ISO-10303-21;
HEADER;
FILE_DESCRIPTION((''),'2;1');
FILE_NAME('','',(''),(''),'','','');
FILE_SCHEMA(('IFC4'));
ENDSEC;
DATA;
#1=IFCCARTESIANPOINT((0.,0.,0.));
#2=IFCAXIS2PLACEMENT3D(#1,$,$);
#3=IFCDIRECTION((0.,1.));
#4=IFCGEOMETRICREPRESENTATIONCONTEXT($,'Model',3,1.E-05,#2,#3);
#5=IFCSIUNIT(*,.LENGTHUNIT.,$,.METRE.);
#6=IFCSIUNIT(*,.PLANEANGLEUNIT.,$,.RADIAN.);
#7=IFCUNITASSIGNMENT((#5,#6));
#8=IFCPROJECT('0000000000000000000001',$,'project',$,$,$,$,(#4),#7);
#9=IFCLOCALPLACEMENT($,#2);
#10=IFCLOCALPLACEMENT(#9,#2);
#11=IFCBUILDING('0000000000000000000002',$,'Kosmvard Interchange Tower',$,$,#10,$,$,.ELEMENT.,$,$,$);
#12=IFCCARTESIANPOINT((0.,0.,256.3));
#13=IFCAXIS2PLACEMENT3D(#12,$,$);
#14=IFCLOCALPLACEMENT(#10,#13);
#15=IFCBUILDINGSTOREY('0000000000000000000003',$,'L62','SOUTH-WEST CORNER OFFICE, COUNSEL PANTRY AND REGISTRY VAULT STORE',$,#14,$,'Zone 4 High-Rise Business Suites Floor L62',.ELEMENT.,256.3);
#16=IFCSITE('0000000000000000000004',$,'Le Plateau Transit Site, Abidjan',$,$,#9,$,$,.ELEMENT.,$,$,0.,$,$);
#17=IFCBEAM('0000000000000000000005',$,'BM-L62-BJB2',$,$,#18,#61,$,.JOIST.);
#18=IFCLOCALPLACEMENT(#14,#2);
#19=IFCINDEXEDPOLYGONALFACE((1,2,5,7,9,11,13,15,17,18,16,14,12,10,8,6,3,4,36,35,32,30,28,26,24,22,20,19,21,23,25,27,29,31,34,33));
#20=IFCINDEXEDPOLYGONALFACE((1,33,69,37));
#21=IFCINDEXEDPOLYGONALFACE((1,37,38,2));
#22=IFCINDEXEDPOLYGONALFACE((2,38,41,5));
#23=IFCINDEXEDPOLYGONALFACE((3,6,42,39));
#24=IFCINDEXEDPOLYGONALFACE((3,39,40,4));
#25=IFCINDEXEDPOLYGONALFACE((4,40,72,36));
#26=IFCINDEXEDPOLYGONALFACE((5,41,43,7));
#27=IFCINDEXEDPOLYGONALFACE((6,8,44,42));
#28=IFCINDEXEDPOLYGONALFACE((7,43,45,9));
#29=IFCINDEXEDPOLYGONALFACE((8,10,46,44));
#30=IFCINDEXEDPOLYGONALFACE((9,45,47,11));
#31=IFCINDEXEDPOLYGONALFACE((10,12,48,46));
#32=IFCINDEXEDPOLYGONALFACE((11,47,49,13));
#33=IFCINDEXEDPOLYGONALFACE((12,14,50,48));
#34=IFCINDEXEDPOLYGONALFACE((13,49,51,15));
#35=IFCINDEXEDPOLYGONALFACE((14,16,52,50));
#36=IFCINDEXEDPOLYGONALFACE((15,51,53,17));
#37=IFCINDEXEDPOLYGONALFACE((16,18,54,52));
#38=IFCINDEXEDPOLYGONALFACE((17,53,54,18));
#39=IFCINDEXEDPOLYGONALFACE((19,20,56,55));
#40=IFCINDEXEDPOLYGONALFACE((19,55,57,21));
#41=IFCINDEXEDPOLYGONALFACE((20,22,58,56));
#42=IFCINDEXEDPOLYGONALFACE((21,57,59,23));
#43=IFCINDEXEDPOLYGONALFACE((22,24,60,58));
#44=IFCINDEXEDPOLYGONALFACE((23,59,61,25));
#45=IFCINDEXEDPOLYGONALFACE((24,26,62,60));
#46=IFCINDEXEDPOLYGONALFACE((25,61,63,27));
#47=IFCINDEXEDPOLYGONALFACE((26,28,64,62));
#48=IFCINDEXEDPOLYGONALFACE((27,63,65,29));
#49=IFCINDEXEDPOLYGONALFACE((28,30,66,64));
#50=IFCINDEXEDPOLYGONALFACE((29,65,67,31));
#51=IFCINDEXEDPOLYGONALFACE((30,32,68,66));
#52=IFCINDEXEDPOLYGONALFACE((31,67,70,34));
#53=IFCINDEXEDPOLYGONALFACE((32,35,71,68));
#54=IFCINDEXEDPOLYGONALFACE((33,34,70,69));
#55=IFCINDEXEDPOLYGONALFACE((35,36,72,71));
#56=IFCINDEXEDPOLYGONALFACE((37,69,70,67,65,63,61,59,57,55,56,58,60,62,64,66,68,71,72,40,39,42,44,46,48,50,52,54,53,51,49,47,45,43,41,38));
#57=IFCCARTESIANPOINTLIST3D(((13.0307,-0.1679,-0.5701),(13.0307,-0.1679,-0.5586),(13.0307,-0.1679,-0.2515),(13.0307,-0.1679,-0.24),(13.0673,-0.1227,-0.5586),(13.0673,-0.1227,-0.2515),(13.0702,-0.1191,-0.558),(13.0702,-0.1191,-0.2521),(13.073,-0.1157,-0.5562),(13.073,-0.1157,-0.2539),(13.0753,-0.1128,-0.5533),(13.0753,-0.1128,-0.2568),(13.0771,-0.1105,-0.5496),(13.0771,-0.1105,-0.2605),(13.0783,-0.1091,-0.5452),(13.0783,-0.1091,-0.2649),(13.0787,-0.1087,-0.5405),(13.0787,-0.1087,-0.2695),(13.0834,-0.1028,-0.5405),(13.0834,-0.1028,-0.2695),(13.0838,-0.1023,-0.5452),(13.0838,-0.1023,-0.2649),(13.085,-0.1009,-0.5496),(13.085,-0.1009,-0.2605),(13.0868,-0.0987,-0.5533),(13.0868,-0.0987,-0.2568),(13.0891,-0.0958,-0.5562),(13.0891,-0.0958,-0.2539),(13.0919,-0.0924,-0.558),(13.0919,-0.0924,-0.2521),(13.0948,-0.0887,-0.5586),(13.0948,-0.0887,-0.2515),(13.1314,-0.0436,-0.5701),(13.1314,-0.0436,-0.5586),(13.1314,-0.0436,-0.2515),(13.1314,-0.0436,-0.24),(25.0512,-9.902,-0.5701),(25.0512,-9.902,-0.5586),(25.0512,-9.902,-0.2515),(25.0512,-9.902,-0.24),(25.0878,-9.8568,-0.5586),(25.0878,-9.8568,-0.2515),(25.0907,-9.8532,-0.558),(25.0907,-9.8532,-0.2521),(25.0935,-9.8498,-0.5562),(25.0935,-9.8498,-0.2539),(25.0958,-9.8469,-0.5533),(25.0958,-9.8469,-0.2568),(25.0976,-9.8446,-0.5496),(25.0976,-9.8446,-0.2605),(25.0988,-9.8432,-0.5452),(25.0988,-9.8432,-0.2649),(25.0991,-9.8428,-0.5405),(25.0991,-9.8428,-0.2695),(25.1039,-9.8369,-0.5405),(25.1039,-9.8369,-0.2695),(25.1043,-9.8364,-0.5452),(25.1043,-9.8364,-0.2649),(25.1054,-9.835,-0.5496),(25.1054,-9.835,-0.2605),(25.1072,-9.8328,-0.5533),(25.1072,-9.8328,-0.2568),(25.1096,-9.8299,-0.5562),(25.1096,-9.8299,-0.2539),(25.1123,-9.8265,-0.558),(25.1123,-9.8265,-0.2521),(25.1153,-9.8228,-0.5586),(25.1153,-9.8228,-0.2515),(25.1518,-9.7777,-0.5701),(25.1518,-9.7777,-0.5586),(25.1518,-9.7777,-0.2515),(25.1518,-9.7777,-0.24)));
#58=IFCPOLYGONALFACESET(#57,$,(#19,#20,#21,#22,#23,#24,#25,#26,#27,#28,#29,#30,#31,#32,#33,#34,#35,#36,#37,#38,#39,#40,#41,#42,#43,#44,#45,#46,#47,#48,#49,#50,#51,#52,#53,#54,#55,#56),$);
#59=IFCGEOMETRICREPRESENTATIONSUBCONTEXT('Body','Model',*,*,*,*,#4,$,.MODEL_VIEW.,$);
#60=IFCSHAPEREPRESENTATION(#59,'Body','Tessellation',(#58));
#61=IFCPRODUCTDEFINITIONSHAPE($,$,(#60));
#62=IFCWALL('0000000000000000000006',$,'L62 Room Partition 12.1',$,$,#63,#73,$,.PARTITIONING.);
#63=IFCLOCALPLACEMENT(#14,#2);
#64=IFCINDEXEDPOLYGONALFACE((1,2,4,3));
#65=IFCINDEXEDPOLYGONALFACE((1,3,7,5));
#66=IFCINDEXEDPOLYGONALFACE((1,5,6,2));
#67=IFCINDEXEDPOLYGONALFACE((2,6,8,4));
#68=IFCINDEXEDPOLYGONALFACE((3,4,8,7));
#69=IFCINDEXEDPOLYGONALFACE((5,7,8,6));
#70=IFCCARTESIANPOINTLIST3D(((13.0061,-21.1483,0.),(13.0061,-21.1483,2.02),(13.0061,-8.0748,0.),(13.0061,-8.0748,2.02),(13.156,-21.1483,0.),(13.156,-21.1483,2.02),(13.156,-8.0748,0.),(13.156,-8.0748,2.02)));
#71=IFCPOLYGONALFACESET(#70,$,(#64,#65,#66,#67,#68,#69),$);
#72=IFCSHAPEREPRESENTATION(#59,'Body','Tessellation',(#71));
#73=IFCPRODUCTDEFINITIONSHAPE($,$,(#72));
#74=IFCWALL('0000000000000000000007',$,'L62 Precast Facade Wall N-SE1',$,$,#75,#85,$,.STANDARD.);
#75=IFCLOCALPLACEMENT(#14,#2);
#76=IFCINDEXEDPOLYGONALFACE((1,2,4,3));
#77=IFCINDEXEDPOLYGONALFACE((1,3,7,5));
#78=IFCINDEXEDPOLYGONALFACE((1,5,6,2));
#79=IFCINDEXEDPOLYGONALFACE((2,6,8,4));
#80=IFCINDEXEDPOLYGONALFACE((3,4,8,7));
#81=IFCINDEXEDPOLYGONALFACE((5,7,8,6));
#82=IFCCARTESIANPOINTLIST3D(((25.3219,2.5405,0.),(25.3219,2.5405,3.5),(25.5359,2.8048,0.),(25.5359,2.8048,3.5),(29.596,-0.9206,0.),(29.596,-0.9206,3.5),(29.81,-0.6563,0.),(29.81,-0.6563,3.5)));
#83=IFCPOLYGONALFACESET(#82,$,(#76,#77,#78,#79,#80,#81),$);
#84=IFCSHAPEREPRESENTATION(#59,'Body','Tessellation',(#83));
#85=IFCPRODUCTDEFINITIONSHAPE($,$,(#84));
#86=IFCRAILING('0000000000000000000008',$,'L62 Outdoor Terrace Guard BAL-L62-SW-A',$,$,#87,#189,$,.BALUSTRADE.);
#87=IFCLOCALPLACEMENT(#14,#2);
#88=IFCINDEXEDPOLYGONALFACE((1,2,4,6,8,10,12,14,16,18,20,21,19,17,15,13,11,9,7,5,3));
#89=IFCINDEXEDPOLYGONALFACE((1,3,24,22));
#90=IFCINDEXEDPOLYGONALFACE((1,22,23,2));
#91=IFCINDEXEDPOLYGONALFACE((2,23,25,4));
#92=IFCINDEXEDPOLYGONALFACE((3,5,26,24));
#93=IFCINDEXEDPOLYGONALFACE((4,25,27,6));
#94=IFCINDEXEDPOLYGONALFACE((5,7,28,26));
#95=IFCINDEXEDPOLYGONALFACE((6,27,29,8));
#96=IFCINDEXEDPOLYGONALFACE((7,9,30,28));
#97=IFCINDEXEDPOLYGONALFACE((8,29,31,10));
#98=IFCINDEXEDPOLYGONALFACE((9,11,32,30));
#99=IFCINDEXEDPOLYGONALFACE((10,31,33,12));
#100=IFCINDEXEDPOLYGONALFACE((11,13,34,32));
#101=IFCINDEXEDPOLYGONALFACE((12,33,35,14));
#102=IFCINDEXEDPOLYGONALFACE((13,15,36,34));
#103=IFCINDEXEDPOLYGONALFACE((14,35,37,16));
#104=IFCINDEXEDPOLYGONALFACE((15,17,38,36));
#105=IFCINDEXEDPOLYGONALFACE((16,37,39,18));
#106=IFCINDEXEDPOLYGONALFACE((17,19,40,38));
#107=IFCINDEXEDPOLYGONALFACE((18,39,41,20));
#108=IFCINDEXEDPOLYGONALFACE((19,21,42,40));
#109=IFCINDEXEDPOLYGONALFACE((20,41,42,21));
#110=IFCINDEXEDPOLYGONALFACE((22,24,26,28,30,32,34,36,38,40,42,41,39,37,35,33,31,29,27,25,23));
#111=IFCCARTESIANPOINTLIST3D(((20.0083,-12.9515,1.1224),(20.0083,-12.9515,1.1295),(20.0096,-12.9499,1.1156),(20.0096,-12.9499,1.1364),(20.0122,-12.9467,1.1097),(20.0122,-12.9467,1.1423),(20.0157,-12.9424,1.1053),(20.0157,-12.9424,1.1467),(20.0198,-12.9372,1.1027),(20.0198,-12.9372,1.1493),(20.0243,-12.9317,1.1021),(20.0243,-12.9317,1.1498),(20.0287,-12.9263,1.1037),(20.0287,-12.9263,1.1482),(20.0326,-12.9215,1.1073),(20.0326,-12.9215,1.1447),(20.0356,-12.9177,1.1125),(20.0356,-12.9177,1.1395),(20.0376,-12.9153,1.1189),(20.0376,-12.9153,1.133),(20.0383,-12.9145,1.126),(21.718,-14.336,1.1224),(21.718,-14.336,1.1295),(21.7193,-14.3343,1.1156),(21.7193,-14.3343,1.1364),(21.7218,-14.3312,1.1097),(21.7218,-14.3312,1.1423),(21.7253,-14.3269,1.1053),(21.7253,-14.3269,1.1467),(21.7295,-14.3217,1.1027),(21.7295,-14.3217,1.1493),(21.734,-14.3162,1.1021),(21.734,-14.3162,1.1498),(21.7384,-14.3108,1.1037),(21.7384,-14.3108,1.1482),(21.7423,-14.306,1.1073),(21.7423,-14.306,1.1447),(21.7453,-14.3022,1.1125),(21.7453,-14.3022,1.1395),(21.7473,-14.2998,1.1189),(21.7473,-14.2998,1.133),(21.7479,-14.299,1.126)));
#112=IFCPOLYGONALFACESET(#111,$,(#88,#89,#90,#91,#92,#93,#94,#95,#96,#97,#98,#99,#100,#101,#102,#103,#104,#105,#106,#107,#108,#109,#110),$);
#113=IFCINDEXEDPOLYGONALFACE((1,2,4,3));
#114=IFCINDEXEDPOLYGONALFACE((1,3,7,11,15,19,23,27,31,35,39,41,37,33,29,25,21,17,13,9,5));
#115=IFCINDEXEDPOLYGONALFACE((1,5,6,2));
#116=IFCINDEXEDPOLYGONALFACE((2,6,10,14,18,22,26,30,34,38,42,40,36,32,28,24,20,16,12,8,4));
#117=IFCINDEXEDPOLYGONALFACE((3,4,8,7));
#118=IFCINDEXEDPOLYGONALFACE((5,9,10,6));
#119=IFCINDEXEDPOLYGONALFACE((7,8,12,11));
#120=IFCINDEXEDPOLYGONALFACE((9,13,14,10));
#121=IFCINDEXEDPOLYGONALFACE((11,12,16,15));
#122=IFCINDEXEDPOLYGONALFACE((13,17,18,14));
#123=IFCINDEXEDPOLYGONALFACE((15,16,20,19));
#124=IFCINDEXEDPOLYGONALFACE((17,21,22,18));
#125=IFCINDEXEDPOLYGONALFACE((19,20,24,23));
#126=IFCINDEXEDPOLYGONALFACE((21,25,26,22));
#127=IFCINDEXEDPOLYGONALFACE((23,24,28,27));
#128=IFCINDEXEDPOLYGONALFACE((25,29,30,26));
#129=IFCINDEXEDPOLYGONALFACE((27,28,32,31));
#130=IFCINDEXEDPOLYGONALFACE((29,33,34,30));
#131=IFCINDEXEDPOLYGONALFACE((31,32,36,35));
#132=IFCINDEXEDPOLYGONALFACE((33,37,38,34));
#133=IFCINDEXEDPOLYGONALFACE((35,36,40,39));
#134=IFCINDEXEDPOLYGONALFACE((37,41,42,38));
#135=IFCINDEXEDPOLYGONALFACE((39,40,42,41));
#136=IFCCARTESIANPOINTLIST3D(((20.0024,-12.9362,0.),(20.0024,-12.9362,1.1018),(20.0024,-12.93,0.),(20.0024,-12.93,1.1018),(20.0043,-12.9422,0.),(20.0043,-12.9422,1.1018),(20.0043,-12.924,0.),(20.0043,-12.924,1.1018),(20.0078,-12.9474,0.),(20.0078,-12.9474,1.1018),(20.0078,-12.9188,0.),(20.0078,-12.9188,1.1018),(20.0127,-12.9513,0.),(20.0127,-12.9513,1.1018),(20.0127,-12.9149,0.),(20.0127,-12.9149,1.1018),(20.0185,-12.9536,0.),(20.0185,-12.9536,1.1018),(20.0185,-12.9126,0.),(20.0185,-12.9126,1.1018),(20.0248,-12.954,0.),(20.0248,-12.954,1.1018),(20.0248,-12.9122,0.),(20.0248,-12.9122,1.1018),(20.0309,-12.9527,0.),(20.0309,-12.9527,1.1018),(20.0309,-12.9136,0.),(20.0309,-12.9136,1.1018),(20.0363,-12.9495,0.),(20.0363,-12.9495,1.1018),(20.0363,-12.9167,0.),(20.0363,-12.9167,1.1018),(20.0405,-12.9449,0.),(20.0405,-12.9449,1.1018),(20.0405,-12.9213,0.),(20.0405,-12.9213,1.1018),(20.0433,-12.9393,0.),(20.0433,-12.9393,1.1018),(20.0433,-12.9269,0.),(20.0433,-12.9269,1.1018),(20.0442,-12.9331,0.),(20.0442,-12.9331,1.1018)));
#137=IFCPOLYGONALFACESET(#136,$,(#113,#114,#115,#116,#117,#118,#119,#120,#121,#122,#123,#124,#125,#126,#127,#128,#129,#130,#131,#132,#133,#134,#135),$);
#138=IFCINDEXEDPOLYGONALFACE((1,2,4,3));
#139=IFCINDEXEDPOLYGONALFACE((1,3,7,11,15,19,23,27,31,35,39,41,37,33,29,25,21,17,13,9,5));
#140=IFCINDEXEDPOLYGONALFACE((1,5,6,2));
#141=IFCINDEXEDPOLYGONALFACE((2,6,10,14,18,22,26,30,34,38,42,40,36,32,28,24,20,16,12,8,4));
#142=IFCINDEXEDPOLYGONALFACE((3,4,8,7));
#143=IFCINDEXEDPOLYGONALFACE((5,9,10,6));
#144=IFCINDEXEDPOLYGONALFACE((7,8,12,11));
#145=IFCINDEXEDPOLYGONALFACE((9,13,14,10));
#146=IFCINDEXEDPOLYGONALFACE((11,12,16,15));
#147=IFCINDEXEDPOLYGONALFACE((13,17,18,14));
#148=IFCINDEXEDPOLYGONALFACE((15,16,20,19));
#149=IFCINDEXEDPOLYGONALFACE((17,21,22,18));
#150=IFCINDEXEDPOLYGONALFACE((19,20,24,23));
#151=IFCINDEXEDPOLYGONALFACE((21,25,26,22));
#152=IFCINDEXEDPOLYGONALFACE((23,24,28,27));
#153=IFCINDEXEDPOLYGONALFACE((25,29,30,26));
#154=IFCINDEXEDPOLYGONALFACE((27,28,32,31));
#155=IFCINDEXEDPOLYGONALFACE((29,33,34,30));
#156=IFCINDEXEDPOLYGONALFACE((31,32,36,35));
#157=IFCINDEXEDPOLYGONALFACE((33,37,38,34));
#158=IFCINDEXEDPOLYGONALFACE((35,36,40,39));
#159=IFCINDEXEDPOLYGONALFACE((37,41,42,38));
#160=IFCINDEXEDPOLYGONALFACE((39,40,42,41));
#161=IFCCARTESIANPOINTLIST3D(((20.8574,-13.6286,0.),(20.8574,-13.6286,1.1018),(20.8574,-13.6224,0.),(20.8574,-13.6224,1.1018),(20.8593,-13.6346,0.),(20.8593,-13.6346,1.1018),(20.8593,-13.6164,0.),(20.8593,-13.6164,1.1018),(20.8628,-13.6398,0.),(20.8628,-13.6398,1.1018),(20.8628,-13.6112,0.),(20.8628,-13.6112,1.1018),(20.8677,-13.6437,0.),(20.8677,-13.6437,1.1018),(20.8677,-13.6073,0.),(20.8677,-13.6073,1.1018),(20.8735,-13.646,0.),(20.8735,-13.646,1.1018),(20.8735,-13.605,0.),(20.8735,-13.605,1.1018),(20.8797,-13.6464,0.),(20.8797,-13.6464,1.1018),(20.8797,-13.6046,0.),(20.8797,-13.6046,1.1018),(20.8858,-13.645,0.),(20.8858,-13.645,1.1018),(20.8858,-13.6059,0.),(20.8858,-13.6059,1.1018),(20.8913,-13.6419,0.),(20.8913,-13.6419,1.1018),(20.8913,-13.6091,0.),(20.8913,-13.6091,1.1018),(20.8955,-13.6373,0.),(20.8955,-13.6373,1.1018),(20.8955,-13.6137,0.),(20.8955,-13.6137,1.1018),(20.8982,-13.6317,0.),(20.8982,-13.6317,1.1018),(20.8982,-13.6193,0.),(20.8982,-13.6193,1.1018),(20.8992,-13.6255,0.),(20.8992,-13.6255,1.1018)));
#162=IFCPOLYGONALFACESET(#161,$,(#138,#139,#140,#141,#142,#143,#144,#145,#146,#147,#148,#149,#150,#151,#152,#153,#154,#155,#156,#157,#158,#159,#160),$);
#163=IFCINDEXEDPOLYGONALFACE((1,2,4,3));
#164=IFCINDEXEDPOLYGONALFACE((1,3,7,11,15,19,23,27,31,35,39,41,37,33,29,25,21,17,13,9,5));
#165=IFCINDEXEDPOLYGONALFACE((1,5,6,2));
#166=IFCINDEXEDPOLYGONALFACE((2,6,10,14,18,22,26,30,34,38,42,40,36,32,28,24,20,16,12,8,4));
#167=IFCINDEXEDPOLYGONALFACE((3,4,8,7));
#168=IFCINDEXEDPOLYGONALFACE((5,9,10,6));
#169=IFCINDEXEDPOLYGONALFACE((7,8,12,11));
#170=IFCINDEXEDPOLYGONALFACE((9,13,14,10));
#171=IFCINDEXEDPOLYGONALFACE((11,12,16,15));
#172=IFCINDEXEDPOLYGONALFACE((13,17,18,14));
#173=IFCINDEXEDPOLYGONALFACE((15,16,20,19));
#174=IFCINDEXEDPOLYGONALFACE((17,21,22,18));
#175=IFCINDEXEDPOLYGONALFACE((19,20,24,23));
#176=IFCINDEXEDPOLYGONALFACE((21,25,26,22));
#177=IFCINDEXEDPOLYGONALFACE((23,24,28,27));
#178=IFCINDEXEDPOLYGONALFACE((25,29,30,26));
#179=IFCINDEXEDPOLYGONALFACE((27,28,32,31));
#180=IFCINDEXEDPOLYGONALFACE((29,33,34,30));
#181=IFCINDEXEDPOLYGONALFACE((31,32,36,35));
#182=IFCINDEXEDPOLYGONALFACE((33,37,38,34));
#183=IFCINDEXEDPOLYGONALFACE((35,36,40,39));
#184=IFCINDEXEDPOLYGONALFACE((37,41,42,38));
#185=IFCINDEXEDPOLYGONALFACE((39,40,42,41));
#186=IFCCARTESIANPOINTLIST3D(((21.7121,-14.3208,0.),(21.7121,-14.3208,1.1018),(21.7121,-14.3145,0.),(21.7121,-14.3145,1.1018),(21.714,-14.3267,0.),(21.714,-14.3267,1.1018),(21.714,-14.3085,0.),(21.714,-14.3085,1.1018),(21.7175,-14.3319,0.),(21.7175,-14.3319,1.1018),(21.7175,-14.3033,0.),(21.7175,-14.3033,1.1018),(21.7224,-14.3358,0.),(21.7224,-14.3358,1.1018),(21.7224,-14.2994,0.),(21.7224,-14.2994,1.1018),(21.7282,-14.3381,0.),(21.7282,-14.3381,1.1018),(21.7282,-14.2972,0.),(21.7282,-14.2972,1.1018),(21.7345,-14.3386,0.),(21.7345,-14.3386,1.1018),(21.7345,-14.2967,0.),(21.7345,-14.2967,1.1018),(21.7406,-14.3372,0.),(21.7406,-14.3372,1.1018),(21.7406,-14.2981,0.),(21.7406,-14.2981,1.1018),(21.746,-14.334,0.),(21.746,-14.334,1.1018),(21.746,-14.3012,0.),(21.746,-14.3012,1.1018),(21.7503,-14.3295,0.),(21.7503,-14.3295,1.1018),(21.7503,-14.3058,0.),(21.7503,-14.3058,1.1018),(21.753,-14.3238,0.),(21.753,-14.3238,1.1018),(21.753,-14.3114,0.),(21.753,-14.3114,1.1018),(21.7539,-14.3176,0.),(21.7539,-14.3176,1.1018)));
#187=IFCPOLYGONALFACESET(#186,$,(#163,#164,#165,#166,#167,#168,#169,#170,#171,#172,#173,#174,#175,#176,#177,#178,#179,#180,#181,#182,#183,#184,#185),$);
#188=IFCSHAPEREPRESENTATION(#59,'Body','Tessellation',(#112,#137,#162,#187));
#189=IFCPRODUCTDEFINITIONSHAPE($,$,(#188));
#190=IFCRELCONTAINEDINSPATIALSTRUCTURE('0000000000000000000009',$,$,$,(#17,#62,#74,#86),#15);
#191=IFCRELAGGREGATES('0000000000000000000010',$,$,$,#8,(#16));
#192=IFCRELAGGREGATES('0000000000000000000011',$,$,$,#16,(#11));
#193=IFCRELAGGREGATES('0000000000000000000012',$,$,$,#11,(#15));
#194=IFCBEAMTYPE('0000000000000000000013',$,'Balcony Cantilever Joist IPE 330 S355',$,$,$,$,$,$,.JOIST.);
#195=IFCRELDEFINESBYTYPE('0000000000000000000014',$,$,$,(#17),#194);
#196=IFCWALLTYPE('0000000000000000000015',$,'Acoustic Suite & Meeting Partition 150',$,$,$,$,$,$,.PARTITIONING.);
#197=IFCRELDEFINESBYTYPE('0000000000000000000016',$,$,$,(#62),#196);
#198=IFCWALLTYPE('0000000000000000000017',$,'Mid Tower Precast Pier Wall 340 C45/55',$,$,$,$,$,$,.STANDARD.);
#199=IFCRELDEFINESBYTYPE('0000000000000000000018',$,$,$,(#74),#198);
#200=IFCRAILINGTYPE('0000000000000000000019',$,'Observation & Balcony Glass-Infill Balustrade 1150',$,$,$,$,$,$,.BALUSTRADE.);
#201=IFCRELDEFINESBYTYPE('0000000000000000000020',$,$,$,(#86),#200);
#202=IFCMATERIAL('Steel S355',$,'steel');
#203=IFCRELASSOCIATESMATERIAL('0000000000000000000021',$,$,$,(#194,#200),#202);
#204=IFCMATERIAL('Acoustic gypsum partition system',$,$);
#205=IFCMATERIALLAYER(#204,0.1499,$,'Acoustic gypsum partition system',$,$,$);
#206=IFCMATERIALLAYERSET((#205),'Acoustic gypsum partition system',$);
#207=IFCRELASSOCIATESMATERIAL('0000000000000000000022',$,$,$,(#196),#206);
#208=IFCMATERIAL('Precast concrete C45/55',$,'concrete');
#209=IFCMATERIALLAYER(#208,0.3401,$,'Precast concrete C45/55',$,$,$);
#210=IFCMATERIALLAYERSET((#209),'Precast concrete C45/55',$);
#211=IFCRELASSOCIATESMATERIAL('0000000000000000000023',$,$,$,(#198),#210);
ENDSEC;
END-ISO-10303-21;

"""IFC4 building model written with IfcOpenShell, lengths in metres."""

from ifc_helpers import new_model, si_unit, direction, frame, frame_2d, origin, origin_2d, place, context, subcontext, project, spatial, rectangle, circle, i_section, extrude, source, transform, mapped, material, layer, layer_set, material_profile, profile_set, type_object, element, save


model = new_model("IFC4")

# Units and contexts
model_context = context("Model", 3, precision=1e-05, world=origin(), true_north=direction((0.0, 1.0)))
body_context = subcontext(model_context, "Body", "Model", "MODEL_VIEW")
ifc_project = project(units=[si_unit("LENGTHUNIT", "METRE"), si_unit("PLANEANGLEUNIT", "RADIAN")], contexts=[model_context])

# Site, building, storey
site_placement = place(None, origin())
site = spatial("IfcSite", under=ifc_project, at=site_placement, Name="Le Plateau Transit Site, Abidjan", CompositionType="ELEMENT", RefElevation=0.0)
building_placement = place(site_placement, origin())
building = spatial("IfcBuilding", under=site, at=building_placement, Name="Kosmvard Interchange Tower", CompositionType="ELEMENT")
storey_placement = place(building_placement, frame((0.0, 0.0, 256.3)))
storey = spatial("IfcBuildingStorey", under=building, at=storey_placement, Name="L62", Description="SOUTH-WEST CORNER OFFICE, COUNSEL PANTRY AND REGISTRY VAULT STORE", LongName="Zone 4 High-Rise Business Suites Floor L62", CompositionType="ELEMENT", Elevation=256.3)

# Beam
ifc_material_1 = material(Name="Steel S355", Category="steel")
ifc_material_2 = material(Name="Precast concrete C45/55", Category="concrete")
ifc_material_profile_1 = material_profile(ifc_material_1, i_section(OverallWidth=0.1599, OverallDepth=0.3301, WebThickness=0.0076, FlangeThickness=0.0115, FilletRadius=0.0181, at=origin_2d()), Name="IPE 330")
ifc_profile_set_1 = profile_set([ifc_material_profile_1], Name="Steel S355")
beam_type_1 = type_object("IfcBeamType", Name="Balcony Cantilever Joist IPE 330 S355", PredefinedType="JOIST", material=ifc_profile_set_1)
shared_shape_1 = source(origin(), body_context, "Body", "SweptSolid", [
    extrude(i_section(OverallWidth=0.1599, OverallDepth=0.3301, WebThickness=0.0076, FlangeThickness=0.0115, FilletRadius=0.0181, at=origin_2d()), origin(), (0.0, 0.0, 1.0), 15.4675),
])
beam_1_placement = place(storey_placement, frame((13.0811, -0.1057, -0.405), z_axis=(0.777142, -0.629325, 0.0), x_axis=(0.629325, 0.777142, 0.0)))
element("IfcBeam", 1, at=beam_1_placement, inside=storey, type_object=beam_type_1, Name="BM-L62-BJB2", PredefinedType="JOIST", context=body_context, shape_type="MappedRepresentation", body=[
    mapped(shared_shape_1, transform((0.0, 0.0, 0.0), scale=1.0)),
])

# Walls
ifc_material_3 = material(Name="Acoustic gypsum partition system")
ifc_layer_1 = layer(ifc_material_3, 0.1499, Name="Acoustic gypsum partition system")
ifc_layer_set_1 = layer_set([ifc_layer_1], Name="Acoustic gypsum partition system")
wall_type_1 = type_object("IfcWallType", Name="Acoustic Suite & Meeting Partition 150", PredefinedType="PARTITIONING", material=ifc_layer_set_1)
wall_1_placement = place(storey_placement, frame((13.0811, -8.075, 0.0), z_axis=(0.0, 0.0, 1.0), x_axis=(0.0, -1.0, 0.0)))
element("IfcWall", 2, at=wall_1_placement, inside=storey, type_object=wall_type_1, Name="L62 Room Partition 12.1", PredefinedType="PARTITIONING", context=body_context, shape_type="SweptSolid", body=[
    extrude(rectangle(XDim=13.0735, YDim=0.1499, at=frame_2d((6.5366, 0.0))), origin(), (0.0, 0.0, 1.0), 2.02),
])
ifc_layer_2 = layer(ifc_material_2, 0.3401, Name="Precast concrete C45/55")
ifc_layer_set_2 = layer_set([ifc_layer_2], Name="Precast concrete C45/55")
wall_type_2 = type_object("IfcWallType", Name="Mid Tower Precast Pier Wall 340 C45/55", PredefinedType="STANDARD", material=ifc_layer_set_2)
wall_2_placement = place(storey_placement, frame((29.7031, -0.7886, 0.0), z_axis=(0.0, 0.0, 1.0), x_axis=(-0.777144, 0.629323, 0.0)))
element("IfcWall", 3, at=wall_2_placement, inside=storey, type_object=wall_type_2, Name="L62 Precast Facade Wall N-SE1", PredefinedType="STANDARD", context=body_context, shape_type="SweptSolid", body=[
    extrude(rectangle(XDim=5.4998, YDim=0.3401, at=frame_2d((2.75, 0.0))), origin(), (0.0, 0.0, 1.0), 3.5),
])

# Railing
railing_type = type_object("IfcRailingType", Name="Observation & Balcony Glass-Infill Balustrade 1150", PredefinedType="BALUSTRADE", material=ifc_material_1)
shared_shape_2 = source(origin(), body_context, "Body", "SweptSolid", [
    extrude(circle(Radius=0.0239, at=origin_2d()), frame((0.0, 0.0, 1.126), z_axis=(0.777141, -0.629326, 0.0), x_axis=(0.629326, 0.777141, 0.0)), (0.0, 0.0, 1.0), 2.2),
    extrude(circle(Radius=0.021, at=origin_2d()), origin(), (0.0, 0.0, 1.0), 1.1018),
    extrude(circle(Radius=0.021, at=origin_2d()), frame((0.855, -0.6924, 0.0)), (0.0, 0.0, 1.0), 1.1018),
    extrude(circle(Radius=0.021, at=origin_2d()), frame((1.7097, -1.3845, 0.0)), (0.0, 0.0, 1.0), 1.1018),
])
railing_1_placement = place(storey_placement, frame((20.0232, -12.9331, 0.0)))
element("IfcRailing", 4, at=railing_1_placement, inside=storey, type_object=railing_type, Name="L62 Outdoor Terrace Guard BAL-L62-SW-A", PredefinedType="BALUSTRADE", context=body_context, shape_type="MappedRepresentation", body=[
    mapped(shared_shape_2, transform((0.0, 0.0, 0.0), scale=1.0)),
])

save(model, "model.ifc")
